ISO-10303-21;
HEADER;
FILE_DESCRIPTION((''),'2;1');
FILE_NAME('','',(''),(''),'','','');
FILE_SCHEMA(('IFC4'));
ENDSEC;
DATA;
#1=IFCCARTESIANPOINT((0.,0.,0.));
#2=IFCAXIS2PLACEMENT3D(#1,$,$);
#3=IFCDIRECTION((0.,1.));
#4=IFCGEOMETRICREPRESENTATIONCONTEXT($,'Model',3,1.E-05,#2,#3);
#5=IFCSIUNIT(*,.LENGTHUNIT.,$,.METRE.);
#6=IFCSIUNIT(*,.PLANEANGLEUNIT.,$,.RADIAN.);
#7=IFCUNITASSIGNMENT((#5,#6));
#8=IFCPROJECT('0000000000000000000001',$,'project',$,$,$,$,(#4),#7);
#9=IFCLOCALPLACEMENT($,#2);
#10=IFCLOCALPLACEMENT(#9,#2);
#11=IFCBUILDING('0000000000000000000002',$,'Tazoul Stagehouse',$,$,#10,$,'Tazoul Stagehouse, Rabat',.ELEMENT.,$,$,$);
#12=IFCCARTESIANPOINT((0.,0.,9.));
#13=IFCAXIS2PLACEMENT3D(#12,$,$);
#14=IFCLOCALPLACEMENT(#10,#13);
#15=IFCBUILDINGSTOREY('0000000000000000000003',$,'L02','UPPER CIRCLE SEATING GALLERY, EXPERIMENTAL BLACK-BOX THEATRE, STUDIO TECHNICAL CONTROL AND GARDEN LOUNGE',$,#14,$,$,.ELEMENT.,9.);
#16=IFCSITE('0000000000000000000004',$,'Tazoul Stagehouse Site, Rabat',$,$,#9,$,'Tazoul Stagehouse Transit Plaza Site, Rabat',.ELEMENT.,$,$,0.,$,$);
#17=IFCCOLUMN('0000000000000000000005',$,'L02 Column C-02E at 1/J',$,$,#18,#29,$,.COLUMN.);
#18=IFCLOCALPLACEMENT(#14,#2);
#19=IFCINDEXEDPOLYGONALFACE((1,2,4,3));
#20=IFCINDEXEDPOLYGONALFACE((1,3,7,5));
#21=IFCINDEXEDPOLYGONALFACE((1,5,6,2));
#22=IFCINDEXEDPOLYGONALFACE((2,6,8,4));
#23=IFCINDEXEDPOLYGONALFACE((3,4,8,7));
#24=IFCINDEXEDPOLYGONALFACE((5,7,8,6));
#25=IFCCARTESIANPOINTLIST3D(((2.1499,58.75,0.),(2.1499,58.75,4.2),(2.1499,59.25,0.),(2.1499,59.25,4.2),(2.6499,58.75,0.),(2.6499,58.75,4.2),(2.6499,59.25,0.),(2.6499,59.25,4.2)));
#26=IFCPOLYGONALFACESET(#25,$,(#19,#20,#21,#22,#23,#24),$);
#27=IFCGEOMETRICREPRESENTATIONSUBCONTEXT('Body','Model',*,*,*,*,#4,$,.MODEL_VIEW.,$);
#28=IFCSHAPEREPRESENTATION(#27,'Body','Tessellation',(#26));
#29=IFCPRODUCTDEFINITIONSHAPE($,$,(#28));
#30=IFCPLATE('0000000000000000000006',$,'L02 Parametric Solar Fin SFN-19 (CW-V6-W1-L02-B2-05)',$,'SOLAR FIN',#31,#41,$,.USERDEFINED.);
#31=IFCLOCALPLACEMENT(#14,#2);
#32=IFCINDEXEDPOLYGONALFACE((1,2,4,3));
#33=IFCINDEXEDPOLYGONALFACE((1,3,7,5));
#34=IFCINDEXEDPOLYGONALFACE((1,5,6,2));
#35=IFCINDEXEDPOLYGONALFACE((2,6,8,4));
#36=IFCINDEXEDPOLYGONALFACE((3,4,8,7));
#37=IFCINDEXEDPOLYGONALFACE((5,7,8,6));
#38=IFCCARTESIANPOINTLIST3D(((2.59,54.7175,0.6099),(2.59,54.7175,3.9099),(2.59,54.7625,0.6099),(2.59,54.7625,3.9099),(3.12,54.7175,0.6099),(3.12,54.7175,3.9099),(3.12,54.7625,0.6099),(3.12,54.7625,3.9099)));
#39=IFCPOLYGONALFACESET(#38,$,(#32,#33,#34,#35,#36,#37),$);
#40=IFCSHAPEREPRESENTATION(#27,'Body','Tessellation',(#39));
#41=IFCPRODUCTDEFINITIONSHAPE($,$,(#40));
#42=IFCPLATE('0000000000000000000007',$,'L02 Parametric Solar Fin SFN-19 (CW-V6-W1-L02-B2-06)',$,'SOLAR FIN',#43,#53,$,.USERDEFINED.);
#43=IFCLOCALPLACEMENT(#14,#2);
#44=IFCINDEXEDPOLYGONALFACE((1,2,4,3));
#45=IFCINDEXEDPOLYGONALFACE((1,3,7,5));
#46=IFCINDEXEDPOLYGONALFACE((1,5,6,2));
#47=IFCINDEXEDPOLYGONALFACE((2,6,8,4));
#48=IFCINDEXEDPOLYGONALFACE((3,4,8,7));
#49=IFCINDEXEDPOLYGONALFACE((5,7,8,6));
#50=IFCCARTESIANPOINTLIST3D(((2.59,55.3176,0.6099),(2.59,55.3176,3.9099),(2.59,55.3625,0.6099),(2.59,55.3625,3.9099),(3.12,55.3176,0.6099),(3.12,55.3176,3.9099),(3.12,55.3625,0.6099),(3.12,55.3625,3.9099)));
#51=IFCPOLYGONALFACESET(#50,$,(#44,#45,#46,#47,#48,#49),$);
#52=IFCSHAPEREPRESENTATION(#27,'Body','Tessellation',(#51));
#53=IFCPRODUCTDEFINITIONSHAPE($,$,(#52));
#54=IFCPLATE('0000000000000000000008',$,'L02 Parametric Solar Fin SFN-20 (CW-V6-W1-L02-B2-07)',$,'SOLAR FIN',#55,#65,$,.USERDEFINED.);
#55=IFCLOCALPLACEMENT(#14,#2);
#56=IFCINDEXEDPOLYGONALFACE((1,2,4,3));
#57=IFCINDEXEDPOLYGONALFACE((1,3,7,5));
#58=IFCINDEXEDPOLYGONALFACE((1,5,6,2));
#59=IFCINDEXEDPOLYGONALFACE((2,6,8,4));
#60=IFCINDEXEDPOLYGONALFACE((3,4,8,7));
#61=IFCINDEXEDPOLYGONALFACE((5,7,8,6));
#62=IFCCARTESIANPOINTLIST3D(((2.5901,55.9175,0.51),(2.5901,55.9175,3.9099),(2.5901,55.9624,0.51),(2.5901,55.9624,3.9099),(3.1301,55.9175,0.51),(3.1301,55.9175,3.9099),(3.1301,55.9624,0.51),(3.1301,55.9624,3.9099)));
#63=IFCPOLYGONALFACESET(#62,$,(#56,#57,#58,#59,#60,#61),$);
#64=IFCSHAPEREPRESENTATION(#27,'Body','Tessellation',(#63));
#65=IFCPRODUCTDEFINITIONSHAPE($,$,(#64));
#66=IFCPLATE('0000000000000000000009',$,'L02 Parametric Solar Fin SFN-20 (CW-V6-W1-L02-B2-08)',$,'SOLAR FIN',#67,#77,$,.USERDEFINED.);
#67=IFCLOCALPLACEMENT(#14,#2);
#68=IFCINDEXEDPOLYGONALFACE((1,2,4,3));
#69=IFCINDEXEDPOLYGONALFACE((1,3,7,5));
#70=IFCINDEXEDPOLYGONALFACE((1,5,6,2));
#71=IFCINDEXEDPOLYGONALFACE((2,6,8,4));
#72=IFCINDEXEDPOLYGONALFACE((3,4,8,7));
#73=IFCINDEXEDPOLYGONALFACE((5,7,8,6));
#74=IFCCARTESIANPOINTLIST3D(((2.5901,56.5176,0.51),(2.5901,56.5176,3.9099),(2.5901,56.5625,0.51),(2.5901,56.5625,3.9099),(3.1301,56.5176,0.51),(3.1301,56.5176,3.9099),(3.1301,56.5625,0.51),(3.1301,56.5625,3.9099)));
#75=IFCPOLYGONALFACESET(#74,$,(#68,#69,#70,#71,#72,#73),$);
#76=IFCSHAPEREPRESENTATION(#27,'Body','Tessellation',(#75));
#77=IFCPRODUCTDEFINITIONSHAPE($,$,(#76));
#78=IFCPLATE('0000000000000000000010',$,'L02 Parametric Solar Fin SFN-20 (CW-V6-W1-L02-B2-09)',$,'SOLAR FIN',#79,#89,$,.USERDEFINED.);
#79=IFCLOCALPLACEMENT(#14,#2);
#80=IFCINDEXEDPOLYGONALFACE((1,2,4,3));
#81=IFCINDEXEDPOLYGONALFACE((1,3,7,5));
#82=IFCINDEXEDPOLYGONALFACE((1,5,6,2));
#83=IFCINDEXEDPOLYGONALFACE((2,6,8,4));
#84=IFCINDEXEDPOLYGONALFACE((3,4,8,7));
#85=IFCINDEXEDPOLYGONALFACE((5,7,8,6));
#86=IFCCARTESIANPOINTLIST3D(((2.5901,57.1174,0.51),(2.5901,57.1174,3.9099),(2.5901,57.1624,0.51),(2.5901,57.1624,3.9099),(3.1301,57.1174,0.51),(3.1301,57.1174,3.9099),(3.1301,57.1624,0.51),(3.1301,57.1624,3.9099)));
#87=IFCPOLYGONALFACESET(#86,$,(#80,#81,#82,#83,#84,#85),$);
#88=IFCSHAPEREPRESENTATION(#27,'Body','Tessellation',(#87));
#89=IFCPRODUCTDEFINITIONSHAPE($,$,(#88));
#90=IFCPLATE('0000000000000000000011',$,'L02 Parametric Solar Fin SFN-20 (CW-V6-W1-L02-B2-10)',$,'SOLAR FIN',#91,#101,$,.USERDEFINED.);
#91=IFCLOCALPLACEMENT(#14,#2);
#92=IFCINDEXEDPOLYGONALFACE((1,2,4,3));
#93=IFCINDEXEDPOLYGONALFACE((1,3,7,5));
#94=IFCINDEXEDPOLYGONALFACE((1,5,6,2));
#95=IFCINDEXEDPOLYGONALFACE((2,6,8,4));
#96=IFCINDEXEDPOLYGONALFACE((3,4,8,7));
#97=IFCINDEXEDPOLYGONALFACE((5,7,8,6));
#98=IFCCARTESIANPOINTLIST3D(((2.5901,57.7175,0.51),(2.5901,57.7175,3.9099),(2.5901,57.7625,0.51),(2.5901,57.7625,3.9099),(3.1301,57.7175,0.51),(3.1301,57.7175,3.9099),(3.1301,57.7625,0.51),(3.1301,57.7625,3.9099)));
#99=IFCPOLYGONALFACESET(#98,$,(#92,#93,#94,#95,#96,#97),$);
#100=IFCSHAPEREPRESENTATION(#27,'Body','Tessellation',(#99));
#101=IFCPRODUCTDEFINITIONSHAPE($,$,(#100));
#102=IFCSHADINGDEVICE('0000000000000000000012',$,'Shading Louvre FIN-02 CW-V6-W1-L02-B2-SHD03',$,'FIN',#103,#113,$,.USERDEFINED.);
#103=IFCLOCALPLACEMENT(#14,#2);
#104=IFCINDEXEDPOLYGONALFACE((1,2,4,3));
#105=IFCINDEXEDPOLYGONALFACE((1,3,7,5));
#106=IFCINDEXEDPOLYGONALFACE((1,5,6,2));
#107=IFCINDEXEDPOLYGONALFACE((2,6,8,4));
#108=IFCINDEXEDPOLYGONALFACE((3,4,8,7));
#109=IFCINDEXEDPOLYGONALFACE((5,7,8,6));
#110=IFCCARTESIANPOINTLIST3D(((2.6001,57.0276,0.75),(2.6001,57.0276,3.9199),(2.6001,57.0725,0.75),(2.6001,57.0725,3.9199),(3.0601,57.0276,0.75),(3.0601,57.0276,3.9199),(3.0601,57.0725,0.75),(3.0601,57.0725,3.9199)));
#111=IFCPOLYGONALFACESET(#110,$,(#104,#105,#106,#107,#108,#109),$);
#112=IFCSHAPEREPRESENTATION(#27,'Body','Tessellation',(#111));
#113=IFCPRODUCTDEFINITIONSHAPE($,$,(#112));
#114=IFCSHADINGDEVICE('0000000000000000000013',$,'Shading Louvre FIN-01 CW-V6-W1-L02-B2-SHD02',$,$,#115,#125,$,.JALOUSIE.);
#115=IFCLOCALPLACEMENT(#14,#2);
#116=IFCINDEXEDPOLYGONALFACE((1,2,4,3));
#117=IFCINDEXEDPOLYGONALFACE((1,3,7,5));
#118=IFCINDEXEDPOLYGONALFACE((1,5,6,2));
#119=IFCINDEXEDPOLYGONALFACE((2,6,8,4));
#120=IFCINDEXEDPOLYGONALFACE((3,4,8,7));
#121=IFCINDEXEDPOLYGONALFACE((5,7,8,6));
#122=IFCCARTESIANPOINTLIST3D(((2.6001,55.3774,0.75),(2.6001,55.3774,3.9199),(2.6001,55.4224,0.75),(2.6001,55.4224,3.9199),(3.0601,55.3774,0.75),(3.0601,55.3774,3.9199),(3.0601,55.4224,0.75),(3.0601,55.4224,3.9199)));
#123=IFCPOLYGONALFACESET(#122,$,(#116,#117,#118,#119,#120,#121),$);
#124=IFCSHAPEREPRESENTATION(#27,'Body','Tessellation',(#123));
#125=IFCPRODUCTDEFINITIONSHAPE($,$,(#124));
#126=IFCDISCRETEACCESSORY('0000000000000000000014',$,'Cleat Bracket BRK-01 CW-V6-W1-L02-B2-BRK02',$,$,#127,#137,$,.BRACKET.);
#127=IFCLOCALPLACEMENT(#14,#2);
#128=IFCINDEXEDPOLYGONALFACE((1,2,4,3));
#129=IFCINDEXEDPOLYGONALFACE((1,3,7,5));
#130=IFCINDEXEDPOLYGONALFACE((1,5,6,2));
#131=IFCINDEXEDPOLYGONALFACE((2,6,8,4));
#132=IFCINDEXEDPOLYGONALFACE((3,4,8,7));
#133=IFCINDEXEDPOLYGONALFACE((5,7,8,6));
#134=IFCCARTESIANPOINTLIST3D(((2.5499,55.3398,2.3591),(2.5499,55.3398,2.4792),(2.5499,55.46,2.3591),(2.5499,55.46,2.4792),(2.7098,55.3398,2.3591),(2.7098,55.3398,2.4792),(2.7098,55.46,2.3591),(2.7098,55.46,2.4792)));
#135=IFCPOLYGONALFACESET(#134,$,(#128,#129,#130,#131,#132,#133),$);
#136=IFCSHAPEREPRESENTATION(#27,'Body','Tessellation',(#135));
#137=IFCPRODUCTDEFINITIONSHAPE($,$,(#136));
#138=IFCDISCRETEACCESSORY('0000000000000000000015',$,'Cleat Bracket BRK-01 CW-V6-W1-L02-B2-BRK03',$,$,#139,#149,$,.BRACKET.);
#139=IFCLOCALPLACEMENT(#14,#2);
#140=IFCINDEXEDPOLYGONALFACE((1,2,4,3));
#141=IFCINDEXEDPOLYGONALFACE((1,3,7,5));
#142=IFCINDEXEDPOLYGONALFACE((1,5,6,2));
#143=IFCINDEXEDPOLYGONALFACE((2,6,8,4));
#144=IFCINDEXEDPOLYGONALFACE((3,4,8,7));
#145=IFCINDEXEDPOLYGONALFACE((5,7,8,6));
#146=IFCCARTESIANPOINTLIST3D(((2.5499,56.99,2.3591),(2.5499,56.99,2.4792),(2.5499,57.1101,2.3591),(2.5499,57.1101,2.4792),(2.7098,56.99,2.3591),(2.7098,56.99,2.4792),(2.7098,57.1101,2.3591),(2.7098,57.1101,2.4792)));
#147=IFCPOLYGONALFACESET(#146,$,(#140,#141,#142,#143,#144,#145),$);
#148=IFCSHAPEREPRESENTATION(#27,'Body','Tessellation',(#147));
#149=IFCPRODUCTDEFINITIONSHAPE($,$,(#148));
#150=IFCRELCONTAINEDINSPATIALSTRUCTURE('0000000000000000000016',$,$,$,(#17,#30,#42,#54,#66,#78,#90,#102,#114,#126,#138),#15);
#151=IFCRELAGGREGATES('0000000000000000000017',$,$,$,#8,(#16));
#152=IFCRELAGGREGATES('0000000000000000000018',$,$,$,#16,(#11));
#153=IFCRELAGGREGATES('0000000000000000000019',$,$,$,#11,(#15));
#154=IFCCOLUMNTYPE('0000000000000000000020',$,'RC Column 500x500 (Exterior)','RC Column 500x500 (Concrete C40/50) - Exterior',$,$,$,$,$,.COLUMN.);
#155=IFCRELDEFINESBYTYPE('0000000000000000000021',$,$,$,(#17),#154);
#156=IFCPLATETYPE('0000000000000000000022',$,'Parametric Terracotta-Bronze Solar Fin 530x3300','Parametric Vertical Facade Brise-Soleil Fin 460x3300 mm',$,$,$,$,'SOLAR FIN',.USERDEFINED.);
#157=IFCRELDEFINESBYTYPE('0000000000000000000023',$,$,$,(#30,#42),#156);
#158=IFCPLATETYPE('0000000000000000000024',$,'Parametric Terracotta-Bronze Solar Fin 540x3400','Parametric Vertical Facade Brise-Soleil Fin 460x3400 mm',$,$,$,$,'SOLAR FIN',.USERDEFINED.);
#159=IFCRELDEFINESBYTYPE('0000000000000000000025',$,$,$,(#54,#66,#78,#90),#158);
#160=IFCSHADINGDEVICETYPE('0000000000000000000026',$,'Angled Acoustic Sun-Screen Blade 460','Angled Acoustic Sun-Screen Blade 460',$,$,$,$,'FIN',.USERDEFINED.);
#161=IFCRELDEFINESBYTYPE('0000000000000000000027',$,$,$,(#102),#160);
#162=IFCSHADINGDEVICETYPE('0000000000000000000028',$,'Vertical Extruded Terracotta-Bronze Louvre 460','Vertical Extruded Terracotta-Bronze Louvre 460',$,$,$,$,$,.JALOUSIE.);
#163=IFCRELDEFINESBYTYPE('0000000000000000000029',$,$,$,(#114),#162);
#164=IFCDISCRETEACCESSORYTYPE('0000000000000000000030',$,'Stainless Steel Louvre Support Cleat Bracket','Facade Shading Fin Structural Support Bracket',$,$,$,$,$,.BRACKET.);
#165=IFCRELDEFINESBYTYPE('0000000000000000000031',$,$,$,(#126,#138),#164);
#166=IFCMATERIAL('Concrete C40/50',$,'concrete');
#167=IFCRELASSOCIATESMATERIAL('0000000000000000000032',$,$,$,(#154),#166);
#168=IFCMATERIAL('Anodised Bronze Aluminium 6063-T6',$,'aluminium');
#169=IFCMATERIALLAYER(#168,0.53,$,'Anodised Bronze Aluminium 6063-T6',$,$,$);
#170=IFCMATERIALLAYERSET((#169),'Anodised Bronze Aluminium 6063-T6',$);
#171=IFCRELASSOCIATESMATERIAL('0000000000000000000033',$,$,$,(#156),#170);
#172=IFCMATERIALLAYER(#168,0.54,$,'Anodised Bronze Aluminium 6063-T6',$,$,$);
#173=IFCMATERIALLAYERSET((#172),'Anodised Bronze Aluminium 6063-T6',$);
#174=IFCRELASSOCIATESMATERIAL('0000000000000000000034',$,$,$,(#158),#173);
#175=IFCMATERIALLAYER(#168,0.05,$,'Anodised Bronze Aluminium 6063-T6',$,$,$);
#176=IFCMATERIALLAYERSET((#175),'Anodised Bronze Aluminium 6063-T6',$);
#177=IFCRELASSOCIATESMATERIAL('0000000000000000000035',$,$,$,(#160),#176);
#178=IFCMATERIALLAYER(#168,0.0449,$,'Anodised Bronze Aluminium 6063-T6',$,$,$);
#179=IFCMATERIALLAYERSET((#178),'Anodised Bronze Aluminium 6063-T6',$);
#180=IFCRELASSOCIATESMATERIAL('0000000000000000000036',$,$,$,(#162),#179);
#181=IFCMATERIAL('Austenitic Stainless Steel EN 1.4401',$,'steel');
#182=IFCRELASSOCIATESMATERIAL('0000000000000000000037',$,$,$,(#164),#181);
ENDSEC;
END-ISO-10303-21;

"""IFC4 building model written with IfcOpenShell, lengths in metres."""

from ifc_helpers import new_model, si_unit, direction, frame, origin, origin_2d, place, context, subcontext, project, spatial, rectangle, extrude, material, layer, layer_set, material_profile, profile_set, type_object, element, save


model = new_model("IFC4")

# Units and contexts
model_context = context("Model", 3, precision=1e-05, world=origin(), true_north=direction((0.0, 1.0)))
body_context = subcontext(model_context, "Body", "Model", "MODEL_VIEW")
ifc_project = project(units=[si_unit("LENGTHUNIT", "METRE"), si_unit("PLANEANGLEUNIT", "RADIAN")], contexts=[model_context])

# Site, building, storey
site_placement = place(None, origin())
site = spatial("IfcSite", under=ifc_project, at=site_placement, Name="Tazoul Stagehouse Site, Rabat", LongName="Tazoul Stagehouse Transit Plaza Site, Rabat", CompositionType="ELEMENT", RefElevation=0.0)
building_placement = place(site_placement, origin())
building = spatial("IfcBuilding", under=site, at=building_placement, Name="Tazoul Stagehouse", LongName="Tazoul Stagehouse, Rabat", CompositionType="ELEMENT")
storey_placement = place(building_placement, frame((0.0, 0.0, 9.0)))
storey = spatial("IfcBuildingStorey", under=building, at=storey_placement, Name="L02", Description="UPPER CIRCLE SEATING GALLERY, EXPERIMENTAL BLACK-BOX THEATRE, STUDIO TECHNICAL CONTROL AND GARDEN LOUNGE", CompositionType="ELEMENT", Elevation=9.0)

# Column
ifc_material_1 = material(Name="Concrete C40/50", Category="concrete")
ifc_material_profile = material_profile(ifc_material_1, rectangle(XDim=0.5, YDim=0.5, at=origin_2d()), Name="RC 500x500")
ifc_profile_set = profile_set([ifc_material_profile], Name="Concrete C40/50")
column_type = type_object("IfcColumnType", Name="RC Column 500x500 (Exterior)", Description="RC Column 500x500 (Concrete C40/50) - Exterior", PredefinedType="COLUMN", material=ifc_profile_set)
column_placement = place(storey_placement, frame((2.3999, 59.0, 0.0), z_axis=(0.0, 0.0, 1.0), x_axis=(1.0, 0.0, 0.0)))
element("IfcColumn", 1, at=column_placement, inside=storey, type_object=column_type, Name="L02 Column C-02E at 1/J", PredefinedType="COLUMN", context=body_context, shape_type="SweptSolid", body=[
    extrude(rectangle(XDim=0.5, YDim=0.5, at=origin_2d()), origin(), (0.0, 0.0, 1.0), 4.2),
])

# Plates
ifc_material_2 = material(Name="Anodised Bronze Aluminium 6063-T6", Category="aluminium")
ifc_layer_1 = layer(ifc_material_2, 0.53, Name="Anodised Bronze Aluminium 6063-T6")
ifc_layer_set_1 = layer_set([ifc_layer_1], Name="Anodised Bronze Aluminium 6063-T6")
plate_type_1 = type_object("IfcPlateType", Name="Parametric Terracotta-Bronze Solar Fin 530x3300", Description="Parametric Vertical Facade Brise-Soleil Fin 460x3300 mm", ElementType="SOLAR FIN", PredefinedType="USERDEFINED", material=ifc_layer_set_1)
for number, where, z_axis, x_axis, name in (
    (2, (2.855, 54.74, 0.6099), (0.0, 0.0, 1.0), (0.0, 1.0, 0.0), "L02 Parametric Solar Fin SFN-19 (CW-V6-W1-L02-B2-05)"),
    (3, (2.855, 55.3401, 0.6099), (0.0, 0.0, 1.0), (0.0, 1.0, 0.0), "L02 Parametric Solar Fin SFN-19 (CW-V6-W1-L02-B2-06)"),
):
    element("IfcPlate", number, at=place(storey_placement, frame(where, z_axis=z_axis, x_axis=x_axis)), inside=storey, type_object=plate_type_1, Name=name, ObjectType="SOLAR FIN", PredefinedType="USERDEFINED", context=body_context, shape_type="SweptSolid", body=[
        extrude(rectangle(XDim=0.0449, YDim=0.53, at=origin_2d()), origin(), (0.0, 0.0, 1.0), 3.3),
    ])
ifc_layer_2 = layer(ifc_material_2, 0.54, Name="Anodised Bronze Aluminium 6063-T6")
ifc_layer_set_2 = layer_set([ifc_layer_2], Name="Anodised Bronze Aluminium 6063-T6")
plate_type_2 = type_object("IfcPlateType", Name="Parametric Terracotta-Bronze Solar Fin 540x3400", Description="Parametric Vertical Facade Brise-Soleil Fin 460x3400 mm", ElementType="SOLAR FIN", PredefinedType="USERDEFINED", material=ifc_layer_set_2)
for number, where, z_axis, x_axis, name in (
    (4, (2.8601, 55.9399, 0.51), (0.0, 0.0, 1.0), (0.0, 1.0, 0.0), "L02 Parametric Solar Fin SFN-20 (CW-V6-W1-L02-B2-07)"),
    (5, (2.8601, 56.54, 0.51), (0.0, 0.0, 1.0), (0.0, 1.0, 0.0), "L02 Parametric Solar Fin SFN-20 (CW-V6-W1-L02-B2-08)"),
    (6, (2.8601, 57.1399, 0.51), (0.0, 0.0, 1.0), (0.0, 1.0, 0.0), "L02 Parametric Solar Fin SFN-20 (CW-V6-W1-L02-B2-09)"),
    (7, (2.8601, 57.74, 0.51), (0.0, 0.0, 1.0), (0.0, 1.0, 0.0), "L02 Parametric Solar Fin SFN-20 (CW-V6-W1-L02-B2-10)"),
):
    element("IfcPlate", number, at=place(storey_placement, frame(where, z_axis=z_axis, x_axis=x_axis)), inside=storey, type_object=plate_type_2, Name=name, ObjectType="SOLAR FIN", PredefinedType="USERDEFINED", context=body_context, shape_type="SweptSolid", body=[
        extrude(rectangle(XDim=0.0449, YDim=0.54, at=origin_2d()), origin(), (0.0, 0.0, 1.0), 3.3999),
    ])

# Shading devices
ifc_layer_3 = layer(ifc_material_2, 0.05, Name="Anodised Bronze Aluminium 6063-T6")
ifc_layer_set_3 = layer_set([ifc_layer_3], Name="Anodised Bronze Aluminium 6063-T6")
shading_device_type_1 = type_object("IfcShadingDeviceType", Name="Angled Acoustic Sun-Screen Blade 460", Description="Angled Acoustic Sun-Screen Blade 460", ElementType="FIN", PredefinedType="USERDEFINED", material=ifc_layer_set_3)
shading_device_1_placement = place(storey_placement, frame((2.8301, 57.05, 0.75), z_axis=(0.0, 0.0, 1.0), x_axis=(0.0, 1.0, 0.0)))
element("IfcShadingDevice", 8, at=shading_device_1_placement, inside=storey, type_object=shading_device_type_1, Name="Shading Louvre FIN-02 CW-V6-W1-L02-B2-SHD03", ObjectType="FIN", PredefinedType="USERDEFINED", context=body_context, shape_type="SweptSolid", body=[
    extrude(rectangle(XDim=0.0449, YDim=0.46, at=origin_2d()), origin(), (0.0, 0.0, 1.0), 3.1699),
])
ifc_layer_4 = layer(ifc_material_2, 0.0449, Name="Anodised Bronze Aluminium 6063-T6")
ifc_layer_set_4 = layer_set([ifc_layer_4], Name="Anodised Bronze Aluminium 6063-T6")
shading_device_type_2 = type_object("IfcShadingDeviceType", Name="Vertical Extruded Terracotta-Bronze Louvre 460", Description="Vertical Extruded Terracotta-Bronze Louvre 460", PredefinedType="JALOUSIE", material=ifc_layer_set_4)
shading_device_2_placement = place(storey_placement, frame((2.8301, 55.3999, 0.75), z_axis=(0.0, 0.0, 1.0), x_axis=(0.0, 1.0, 0.0)))
element("IfcShadingDevice", 9, at=shading_device_2_placement, inside=storey, type_object=shading_device_type_2, Name="Shading Louvre FIN-01 CW-V6-W1-L02-B2-SHD02", PredefinedType="JALOUSIE", context=body_context, shape_type="SweptSolid", body=[
    extrude(rectangle(XDim=0.0449, YDim=0.46, at=origin_2d()), origin(), (0.0, 0.0, 1.0), 3.1699),
])

# Discrete accessories
ifc_material_3 = material(Name="Austenitic Stainless Steel EN 1.4401", Category="steel")
discrete_accessory_type = type_object("IfcDiscreteAccessoryType", Name="Stainless Steel Louvre Support Cleat Bracket", Description="Facade Shading Fin Structural Support Bracket", PredefinedType="BRACKET", material=ifc_material_3)
for number, where, z_axis, x_axis, name in (
    (10, (2.6299, 55.3999, 2.3591), (0.0, 0.0, 1.0), (0.0, 1.0, 0.0), "Cleat Bracket BRK-01 CW-V6-W1-L02-B2-BRK02"),
    (11, (2.6299, 57.05, 2.3591), (0.0, 0.0, 1.0), (0.0, 1.0, 0.0), "Cleat Bracket BRK-01 CW-V6-W1-L02-B2-BRK03"),
):
    element("IfcDiscreteAccessory", number, at=place(storey_placement, frame(where, z_axis=z_axis, x_axis=x_axis)), inside=storey, type_object=discrete_accessory_type, Name=name, PredefinedType="BRACKET", context=body_context, shape_type="SweptSolid", body=[
        extrude(rectangle(XDim=0.1201, YDim=0.1599, at=origin_2d()), origin(), (0.0, 0.0, 1.0), 0.1201),
    ])

save(model, "model.ifc")
